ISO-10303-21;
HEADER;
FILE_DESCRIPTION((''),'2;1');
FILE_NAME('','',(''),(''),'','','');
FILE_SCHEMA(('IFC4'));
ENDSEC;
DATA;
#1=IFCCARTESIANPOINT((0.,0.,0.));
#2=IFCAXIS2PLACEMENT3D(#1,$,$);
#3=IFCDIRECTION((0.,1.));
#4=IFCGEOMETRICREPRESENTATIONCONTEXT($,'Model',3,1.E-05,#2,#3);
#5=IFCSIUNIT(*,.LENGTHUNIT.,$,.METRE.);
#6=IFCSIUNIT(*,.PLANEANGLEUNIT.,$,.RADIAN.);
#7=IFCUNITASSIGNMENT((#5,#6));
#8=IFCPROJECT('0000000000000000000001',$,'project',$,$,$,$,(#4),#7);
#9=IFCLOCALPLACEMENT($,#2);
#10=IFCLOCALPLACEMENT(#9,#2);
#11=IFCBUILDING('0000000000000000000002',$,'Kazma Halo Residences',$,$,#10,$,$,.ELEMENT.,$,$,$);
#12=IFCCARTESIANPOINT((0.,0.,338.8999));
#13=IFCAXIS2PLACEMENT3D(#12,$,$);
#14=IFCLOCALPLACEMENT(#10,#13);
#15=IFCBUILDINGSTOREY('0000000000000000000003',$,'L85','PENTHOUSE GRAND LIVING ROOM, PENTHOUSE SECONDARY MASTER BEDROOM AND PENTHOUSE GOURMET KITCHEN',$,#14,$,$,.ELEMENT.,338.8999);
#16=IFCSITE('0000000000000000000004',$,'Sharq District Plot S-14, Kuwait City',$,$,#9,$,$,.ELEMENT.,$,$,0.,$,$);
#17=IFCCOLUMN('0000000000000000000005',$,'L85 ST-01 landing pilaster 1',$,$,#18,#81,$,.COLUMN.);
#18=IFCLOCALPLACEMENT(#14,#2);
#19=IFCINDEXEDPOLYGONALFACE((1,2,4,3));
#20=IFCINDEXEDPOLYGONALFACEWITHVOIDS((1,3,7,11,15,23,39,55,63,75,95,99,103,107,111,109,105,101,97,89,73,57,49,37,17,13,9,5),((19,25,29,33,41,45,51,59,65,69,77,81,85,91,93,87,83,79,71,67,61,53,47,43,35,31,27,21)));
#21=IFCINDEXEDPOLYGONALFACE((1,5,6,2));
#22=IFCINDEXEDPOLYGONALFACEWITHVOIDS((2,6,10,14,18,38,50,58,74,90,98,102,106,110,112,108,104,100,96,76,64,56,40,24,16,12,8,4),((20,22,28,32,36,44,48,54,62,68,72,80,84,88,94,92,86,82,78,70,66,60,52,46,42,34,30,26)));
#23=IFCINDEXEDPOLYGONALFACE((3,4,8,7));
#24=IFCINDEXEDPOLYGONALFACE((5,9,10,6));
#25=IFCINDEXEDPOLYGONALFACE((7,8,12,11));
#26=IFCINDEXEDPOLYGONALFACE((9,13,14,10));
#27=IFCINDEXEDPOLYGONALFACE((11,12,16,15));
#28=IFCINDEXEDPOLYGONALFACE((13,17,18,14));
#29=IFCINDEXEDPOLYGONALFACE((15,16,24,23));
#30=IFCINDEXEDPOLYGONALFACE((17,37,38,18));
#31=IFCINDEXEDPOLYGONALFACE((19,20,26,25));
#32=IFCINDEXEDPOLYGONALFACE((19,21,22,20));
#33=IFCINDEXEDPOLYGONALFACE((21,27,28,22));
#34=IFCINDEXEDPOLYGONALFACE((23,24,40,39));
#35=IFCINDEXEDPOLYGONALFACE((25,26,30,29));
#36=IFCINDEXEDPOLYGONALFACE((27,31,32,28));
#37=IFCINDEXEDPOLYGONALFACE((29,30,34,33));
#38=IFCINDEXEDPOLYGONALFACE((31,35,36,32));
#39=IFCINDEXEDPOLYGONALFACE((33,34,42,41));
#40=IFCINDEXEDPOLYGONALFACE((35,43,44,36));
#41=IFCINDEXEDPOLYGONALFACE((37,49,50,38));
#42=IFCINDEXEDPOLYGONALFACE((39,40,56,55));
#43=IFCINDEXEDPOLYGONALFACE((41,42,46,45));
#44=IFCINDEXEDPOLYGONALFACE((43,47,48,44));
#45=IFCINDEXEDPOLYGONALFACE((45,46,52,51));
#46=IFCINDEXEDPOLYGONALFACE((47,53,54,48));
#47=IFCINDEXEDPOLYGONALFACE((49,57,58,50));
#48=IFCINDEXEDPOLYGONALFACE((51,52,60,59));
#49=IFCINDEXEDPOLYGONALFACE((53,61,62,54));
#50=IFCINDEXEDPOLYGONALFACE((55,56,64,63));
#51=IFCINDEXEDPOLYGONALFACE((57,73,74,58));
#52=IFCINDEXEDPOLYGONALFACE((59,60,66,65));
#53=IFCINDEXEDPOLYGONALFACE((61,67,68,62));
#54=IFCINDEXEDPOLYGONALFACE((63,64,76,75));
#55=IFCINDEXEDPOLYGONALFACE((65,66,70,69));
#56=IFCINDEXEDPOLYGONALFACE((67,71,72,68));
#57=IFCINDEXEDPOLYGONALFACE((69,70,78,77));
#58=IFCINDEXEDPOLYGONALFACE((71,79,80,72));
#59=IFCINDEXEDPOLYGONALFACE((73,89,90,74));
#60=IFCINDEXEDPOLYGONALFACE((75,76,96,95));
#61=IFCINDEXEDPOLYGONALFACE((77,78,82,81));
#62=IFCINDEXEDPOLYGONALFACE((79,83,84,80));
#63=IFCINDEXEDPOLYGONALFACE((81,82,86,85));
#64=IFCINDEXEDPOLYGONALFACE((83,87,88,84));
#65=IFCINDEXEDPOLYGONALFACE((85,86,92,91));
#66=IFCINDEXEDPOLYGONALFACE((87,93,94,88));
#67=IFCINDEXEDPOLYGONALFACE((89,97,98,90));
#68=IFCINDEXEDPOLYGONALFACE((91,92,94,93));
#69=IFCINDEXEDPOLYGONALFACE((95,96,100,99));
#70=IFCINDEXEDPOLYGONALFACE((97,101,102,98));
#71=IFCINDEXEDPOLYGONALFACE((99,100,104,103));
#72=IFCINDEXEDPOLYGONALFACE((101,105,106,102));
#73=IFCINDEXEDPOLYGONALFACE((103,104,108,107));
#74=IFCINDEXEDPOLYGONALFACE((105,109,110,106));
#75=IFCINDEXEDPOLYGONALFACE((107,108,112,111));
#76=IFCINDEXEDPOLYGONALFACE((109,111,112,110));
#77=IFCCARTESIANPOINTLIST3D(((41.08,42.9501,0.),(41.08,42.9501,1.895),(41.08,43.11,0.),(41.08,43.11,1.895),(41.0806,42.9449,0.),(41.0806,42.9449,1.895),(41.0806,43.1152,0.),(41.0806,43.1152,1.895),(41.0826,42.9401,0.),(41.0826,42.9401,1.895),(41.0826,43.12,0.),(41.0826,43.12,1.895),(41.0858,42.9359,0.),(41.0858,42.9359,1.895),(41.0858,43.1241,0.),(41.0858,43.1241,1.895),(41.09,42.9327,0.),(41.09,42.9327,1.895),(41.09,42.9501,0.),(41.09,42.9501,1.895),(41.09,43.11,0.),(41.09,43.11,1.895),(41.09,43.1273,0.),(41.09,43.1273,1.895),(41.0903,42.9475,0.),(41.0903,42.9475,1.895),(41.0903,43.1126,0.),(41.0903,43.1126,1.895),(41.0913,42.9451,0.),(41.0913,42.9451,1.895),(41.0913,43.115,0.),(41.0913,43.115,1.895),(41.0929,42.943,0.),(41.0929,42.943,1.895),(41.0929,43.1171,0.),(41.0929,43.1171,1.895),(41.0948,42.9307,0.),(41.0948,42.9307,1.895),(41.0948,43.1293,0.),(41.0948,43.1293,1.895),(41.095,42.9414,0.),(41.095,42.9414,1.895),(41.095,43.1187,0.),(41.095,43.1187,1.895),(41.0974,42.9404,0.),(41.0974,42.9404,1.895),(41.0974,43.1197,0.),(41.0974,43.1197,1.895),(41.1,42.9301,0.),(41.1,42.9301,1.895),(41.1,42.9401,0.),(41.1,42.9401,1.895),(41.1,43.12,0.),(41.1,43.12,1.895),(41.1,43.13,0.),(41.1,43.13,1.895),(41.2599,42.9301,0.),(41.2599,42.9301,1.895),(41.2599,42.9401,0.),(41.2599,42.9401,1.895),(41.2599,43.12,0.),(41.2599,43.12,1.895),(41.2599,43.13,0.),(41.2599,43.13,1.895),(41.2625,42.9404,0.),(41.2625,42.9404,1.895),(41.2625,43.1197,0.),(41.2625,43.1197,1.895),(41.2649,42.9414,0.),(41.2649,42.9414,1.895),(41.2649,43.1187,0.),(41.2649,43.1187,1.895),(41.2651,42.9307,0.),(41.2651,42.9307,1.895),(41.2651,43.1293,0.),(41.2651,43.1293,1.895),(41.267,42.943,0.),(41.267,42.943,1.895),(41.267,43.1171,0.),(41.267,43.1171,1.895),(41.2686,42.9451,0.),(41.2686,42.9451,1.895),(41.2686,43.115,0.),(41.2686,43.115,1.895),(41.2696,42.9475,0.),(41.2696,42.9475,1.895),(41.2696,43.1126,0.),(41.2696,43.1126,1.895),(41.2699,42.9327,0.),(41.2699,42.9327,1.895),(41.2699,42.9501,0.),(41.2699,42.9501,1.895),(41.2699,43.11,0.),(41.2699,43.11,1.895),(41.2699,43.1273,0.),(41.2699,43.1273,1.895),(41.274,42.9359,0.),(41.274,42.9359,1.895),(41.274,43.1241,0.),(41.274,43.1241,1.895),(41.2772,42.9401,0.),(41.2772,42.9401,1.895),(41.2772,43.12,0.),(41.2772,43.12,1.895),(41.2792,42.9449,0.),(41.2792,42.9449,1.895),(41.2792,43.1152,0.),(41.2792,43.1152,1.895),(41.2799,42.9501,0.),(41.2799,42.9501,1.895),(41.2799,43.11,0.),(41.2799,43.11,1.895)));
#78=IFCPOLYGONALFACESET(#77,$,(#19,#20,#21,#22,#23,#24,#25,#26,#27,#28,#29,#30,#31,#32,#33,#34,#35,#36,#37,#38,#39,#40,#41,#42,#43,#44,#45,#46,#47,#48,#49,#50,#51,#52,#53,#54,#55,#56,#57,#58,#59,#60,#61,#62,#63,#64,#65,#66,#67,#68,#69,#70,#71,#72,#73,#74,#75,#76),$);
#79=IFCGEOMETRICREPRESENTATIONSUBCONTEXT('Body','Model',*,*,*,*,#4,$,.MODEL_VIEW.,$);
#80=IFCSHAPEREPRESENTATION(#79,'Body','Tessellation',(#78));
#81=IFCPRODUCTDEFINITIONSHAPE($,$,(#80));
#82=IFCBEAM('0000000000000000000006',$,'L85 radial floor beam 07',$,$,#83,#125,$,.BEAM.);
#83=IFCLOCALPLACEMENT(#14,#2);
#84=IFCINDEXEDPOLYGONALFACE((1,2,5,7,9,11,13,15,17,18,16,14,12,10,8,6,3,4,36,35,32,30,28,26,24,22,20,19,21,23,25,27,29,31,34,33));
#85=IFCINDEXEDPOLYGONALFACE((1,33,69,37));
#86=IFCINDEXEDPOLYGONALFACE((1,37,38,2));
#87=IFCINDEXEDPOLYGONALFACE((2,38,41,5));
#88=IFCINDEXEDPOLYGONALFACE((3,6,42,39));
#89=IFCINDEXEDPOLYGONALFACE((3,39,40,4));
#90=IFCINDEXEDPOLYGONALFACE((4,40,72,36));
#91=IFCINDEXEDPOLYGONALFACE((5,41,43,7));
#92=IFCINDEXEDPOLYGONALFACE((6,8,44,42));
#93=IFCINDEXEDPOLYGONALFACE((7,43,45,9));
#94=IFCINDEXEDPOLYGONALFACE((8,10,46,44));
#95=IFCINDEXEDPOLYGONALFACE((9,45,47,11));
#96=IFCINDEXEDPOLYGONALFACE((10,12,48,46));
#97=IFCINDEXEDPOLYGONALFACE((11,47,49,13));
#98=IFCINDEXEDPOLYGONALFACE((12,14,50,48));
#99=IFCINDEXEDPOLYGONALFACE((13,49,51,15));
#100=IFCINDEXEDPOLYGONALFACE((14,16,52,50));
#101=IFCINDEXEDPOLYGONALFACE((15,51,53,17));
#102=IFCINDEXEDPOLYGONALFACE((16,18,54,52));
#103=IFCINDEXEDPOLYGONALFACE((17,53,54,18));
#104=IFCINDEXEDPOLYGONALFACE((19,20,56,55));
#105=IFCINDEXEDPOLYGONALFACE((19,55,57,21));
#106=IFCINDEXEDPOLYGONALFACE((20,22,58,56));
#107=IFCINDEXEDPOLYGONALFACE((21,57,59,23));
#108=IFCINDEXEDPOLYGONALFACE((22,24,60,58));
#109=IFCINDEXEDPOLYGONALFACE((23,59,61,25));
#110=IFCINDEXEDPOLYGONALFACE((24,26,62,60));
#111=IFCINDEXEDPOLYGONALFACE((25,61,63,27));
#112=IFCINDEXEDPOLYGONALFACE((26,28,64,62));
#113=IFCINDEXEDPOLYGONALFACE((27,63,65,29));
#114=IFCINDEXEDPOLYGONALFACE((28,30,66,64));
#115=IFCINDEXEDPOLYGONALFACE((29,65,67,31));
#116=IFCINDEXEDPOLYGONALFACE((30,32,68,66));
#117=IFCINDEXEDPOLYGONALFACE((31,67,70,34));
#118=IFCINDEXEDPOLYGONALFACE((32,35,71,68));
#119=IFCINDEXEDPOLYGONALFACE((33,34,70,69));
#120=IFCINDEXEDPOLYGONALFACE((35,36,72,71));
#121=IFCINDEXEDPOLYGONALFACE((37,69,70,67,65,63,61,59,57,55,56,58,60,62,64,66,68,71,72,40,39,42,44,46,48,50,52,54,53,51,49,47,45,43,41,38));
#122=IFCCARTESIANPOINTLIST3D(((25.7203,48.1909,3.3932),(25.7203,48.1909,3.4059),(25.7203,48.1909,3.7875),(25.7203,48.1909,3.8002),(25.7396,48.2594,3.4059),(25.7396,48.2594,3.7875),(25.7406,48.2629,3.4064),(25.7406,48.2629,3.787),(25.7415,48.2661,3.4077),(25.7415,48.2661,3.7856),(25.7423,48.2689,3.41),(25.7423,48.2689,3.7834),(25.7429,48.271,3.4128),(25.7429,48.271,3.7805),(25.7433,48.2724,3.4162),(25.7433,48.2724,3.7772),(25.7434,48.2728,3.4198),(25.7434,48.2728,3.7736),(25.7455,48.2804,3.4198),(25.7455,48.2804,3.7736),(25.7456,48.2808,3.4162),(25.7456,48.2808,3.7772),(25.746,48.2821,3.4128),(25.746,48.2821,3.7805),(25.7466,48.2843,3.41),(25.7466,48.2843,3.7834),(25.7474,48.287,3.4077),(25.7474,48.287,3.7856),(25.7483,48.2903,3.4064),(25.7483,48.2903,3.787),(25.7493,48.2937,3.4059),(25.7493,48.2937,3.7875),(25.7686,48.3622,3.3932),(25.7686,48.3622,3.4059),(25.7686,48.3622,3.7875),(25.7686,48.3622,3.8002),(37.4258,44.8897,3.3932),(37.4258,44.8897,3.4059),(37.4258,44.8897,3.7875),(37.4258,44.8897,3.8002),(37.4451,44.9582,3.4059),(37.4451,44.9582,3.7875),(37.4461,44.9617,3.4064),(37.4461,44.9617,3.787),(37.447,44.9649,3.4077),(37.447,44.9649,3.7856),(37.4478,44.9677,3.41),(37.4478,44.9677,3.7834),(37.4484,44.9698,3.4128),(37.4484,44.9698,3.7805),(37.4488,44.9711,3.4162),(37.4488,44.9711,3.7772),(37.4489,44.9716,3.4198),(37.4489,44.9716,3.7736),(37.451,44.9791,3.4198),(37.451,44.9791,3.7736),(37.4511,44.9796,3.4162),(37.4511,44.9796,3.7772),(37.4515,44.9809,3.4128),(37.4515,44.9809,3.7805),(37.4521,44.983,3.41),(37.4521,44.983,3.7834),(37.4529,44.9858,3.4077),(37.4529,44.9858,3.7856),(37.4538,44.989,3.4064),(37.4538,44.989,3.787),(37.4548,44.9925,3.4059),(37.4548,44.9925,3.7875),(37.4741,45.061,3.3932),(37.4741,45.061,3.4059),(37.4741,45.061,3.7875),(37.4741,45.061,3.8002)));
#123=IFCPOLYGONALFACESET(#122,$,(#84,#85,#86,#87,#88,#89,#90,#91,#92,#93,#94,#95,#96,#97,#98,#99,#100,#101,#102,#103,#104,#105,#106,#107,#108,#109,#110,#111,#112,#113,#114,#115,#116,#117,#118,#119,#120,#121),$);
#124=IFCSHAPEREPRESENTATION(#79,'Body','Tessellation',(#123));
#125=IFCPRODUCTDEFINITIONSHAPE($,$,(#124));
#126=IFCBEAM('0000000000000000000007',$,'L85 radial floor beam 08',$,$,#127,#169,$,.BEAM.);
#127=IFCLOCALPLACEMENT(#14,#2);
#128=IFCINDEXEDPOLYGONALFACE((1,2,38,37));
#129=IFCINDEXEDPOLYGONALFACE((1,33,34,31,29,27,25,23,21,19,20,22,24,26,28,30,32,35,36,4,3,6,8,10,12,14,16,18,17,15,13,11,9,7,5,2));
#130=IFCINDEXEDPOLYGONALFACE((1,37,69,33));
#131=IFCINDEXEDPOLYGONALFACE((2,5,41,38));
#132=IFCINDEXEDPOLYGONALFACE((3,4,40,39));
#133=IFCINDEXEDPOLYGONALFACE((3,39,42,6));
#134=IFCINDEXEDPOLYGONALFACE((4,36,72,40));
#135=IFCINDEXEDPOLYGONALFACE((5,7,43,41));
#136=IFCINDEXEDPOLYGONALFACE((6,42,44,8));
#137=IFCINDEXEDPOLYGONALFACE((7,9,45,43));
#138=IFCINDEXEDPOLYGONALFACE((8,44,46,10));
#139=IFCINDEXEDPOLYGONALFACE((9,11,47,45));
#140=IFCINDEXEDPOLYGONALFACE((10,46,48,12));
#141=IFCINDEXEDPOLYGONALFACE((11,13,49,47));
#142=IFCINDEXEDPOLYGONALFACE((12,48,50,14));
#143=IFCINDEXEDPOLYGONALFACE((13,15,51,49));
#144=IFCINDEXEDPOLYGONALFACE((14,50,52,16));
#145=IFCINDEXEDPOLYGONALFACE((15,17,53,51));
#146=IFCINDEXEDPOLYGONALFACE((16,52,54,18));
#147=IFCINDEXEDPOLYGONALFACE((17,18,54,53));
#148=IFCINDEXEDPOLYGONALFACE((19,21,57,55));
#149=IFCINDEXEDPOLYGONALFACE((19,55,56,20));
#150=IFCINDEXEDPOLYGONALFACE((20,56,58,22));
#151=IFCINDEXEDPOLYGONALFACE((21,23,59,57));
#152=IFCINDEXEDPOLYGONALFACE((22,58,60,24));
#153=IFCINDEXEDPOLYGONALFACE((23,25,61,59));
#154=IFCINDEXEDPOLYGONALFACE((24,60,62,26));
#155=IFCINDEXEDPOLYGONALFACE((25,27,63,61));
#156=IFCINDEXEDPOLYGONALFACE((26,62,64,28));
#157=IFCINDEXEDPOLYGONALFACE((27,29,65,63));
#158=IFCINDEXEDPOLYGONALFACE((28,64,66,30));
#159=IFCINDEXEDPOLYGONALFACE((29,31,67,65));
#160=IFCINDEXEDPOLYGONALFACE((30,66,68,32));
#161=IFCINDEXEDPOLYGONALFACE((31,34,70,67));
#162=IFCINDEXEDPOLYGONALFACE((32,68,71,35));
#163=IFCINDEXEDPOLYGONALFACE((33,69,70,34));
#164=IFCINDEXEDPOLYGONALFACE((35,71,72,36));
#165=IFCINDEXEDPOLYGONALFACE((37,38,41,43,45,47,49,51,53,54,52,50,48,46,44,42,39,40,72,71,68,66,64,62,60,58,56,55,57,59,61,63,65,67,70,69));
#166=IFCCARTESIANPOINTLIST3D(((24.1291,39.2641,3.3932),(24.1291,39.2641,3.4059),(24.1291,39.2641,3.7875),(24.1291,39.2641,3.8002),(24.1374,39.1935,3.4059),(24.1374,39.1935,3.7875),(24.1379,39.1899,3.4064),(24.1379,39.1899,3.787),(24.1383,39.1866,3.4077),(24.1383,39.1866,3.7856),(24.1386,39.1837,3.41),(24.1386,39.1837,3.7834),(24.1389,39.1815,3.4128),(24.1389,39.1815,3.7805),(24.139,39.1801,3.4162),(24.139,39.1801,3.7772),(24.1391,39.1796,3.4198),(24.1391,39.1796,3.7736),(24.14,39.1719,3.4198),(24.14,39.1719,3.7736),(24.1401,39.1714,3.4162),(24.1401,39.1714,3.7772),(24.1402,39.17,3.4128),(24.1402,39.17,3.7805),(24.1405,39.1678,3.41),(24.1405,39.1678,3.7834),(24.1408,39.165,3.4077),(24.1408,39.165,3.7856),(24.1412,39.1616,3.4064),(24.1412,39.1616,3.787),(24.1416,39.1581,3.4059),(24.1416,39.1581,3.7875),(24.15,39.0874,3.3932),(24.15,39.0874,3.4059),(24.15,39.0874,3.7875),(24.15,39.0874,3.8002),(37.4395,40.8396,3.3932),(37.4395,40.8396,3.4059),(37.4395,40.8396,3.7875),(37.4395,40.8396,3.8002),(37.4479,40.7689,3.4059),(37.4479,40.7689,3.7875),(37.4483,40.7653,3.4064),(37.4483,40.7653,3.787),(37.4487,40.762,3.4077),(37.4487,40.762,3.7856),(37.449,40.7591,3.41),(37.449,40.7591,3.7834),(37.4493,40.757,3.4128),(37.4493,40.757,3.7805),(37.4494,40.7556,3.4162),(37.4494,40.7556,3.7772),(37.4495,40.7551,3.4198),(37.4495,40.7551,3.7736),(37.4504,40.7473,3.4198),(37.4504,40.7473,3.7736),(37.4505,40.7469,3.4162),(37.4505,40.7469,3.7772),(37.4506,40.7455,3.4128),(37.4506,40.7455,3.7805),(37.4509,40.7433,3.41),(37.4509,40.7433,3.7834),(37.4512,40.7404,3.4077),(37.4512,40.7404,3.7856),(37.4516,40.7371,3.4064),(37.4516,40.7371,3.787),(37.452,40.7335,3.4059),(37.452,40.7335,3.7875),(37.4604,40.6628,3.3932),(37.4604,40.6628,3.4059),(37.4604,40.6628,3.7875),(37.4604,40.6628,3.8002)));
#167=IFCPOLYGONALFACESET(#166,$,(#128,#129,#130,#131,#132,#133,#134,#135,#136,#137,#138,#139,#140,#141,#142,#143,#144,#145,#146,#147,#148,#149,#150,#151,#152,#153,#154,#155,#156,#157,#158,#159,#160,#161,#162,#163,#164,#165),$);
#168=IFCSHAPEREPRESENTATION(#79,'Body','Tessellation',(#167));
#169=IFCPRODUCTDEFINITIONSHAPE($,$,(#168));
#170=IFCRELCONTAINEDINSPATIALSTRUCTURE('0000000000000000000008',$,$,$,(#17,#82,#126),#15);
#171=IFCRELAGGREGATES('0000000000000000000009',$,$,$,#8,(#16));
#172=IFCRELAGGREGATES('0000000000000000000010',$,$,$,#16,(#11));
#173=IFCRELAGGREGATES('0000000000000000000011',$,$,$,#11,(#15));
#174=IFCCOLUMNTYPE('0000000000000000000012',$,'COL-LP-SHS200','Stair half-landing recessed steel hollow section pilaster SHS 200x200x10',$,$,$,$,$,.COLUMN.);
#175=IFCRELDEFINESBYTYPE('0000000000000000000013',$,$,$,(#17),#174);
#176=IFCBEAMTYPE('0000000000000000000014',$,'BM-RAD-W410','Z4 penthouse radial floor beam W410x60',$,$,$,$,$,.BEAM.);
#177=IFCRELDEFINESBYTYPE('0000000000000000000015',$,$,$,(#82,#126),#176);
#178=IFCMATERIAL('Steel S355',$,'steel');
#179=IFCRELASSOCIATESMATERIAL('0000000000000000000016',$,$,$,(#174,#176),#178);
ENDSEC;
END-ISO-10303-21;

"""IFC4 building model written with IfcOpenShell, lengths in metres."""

from ifc_helpers import new_model, si_unit, direction, frame, origin, origin_2d, place, context, subcontext, project, spatial, hollow_rectangle, i_section, extrude, material, material_profile, profile_set, type_object, element, save


model = new_model("IFC4")

# Units and contexts
model_context = context("Model", 3, precision=1e-05, world=origin(), true_north=direction((0.0, 1.0)))
body_context = subcontext(model_context, "Body", "Model", "MODEL_VIEW")
ifc_project = project(units=[si_unit("LENGTHUNIT", "METRE"), si_unit("PLANEANGLEUNIT", "RADIAN")], contexts=[model_context])

# Site, building, storey
site_placement = place(None, origin())
site = spatial("IfcSite", under=ifc_project, at=site_placement, Name="Sharq District Plot S-14, Kuwait City", CompositionType="ELEMENT", RefElevation=0.0)
building_placement = place(site_placement, origin())
building = spatial("IfcBuilding", under=site, at=building_placement, Name="Kazma Halo Residences", CompositionType="ELEMENT")
storey_placement = place(building_placement, frame((0.0, 0.0, 338.8999)))
storey = spatial("IfcBuildingStorey", under=building, at=storey_placement, Name="L85", Description="PENTHOUSE GRAND LIVING ROOM, PENTHOUSE SECONDARY MASTER BEDROOM AND PENTHOUSE GOURMET KITCHEN", CompositionType="ELEMENT", Elevation=338.8999)

# Column
ifc_material_1 = material(Name="Steel S355", Category="steel")
ifc_material_profile_1 = material_profile(ifc_material_1, hollow_rectangle(XDim=0.2, YDim=0.2, WallThickness=0.01, InnerFilletRadius=0.01, OuterFilletRadius=0.02, at=origin_2d()), Name="SHS200x200x10")
ifc_profile_set_1 = profile_set([ifc_material_profile_1], Name="Steel S355")
column_type = type_object("IfcColumnType", Name="COL-LP-SHS200", Description="Stair half-landing recessed steel hollow section pilaster SHS 200x200x10", PredefinedType="COLUMN", material=ifc_profile_set_1)
column_placement = place(storey_placement, frame((41.1799, 43.03, 0.0), z_axis=(0.0, 0.0, 1.0), x_axis=(1.0, 0.0, 0.0)))
element("IfcColumn", 1, at=column_placement, inside=storey, type_object=column_type, Name="L85 ST-01 landing pilaster 1", PredefinedType="COLUMN", context=body_context, shape_type="SweptSolid", body=[
    extrude(hollow_rectangle(XDim=0.2, YDim=0.2, WallThickness=0.01, InnerFilletRadius=0.01, OuterFilletRadius=0.02, at=origin_2d()), origin(), (0.0, 0.0, 1.0), 1.895),
])

# Beams
ifc_material_profile_2 = material_profile(ifc_material_1, i_section(OverallWidth=0.178, OverallDepth=0.407, WebThickness=0.0078, FlangeThickness=0.0127, FilletRadius=0.0139, at=origin_2d()), Name="W410x60")
ifc_profile_set_2 = profile_set([ifc_material_profile_2], Name="Steel S355")
beam_type_1 = type_object("IfcBeamType", Name="BM-RAD-W410", Description="Z4 penthouse radial floor beam W410x60", PredefinedType="BEAM", material=ifc_profile_set_2)
beam_1_placement = place(storey_placement, frame((37.45, 44.9753, 3.5967), z_axis=(-0.962456, 0.271437, 0.0), x_axis=(-0.271437, -0.962456, 0.0)))
element("IfcBeam", 2, at=beam_1_placement, inside=storey, type_object=beam_type_1, Name="L85 radial floor beam 07", PredefinedType="BEAM", context=body_context, shape_type="SweptSolid", body=[
    extrude(i_section(OverallWidth=0.178, OverallDepth=0.407, WebThickness=0.0078, FlangeThickness=0.0127, FilletRadius=0.0139, at=origin_2d()), origin(), (0.0, 0.0, 1.0), 12.1621),
])
beam_2_placement = place(storey_placement, frame((37.45, 40.7512, 3.5967), z_axis=(-0.993068, -0.117542, 0.0), x_axis=(0.117542, -0.993068, 0.0)))
element("IfcBeam", 3, at=beam_2_placement, inside=storey, type_object=beam_type_1, Name="L85 radial floor beam 08", PredefinedType="BEAM", context=body_context, shape_type="SweptSolid", body=[
    extrude(i_section(OverallWidth=0.178, OverallDepth=0.407, WebThickness=0.0078, FlangeThickness=0.0127, FilletRadius=0.0139, at=origin_2d()), origin(), (0.0, 0.0, 1.0), 13.4033),
])

save(model, "model.ifc")
